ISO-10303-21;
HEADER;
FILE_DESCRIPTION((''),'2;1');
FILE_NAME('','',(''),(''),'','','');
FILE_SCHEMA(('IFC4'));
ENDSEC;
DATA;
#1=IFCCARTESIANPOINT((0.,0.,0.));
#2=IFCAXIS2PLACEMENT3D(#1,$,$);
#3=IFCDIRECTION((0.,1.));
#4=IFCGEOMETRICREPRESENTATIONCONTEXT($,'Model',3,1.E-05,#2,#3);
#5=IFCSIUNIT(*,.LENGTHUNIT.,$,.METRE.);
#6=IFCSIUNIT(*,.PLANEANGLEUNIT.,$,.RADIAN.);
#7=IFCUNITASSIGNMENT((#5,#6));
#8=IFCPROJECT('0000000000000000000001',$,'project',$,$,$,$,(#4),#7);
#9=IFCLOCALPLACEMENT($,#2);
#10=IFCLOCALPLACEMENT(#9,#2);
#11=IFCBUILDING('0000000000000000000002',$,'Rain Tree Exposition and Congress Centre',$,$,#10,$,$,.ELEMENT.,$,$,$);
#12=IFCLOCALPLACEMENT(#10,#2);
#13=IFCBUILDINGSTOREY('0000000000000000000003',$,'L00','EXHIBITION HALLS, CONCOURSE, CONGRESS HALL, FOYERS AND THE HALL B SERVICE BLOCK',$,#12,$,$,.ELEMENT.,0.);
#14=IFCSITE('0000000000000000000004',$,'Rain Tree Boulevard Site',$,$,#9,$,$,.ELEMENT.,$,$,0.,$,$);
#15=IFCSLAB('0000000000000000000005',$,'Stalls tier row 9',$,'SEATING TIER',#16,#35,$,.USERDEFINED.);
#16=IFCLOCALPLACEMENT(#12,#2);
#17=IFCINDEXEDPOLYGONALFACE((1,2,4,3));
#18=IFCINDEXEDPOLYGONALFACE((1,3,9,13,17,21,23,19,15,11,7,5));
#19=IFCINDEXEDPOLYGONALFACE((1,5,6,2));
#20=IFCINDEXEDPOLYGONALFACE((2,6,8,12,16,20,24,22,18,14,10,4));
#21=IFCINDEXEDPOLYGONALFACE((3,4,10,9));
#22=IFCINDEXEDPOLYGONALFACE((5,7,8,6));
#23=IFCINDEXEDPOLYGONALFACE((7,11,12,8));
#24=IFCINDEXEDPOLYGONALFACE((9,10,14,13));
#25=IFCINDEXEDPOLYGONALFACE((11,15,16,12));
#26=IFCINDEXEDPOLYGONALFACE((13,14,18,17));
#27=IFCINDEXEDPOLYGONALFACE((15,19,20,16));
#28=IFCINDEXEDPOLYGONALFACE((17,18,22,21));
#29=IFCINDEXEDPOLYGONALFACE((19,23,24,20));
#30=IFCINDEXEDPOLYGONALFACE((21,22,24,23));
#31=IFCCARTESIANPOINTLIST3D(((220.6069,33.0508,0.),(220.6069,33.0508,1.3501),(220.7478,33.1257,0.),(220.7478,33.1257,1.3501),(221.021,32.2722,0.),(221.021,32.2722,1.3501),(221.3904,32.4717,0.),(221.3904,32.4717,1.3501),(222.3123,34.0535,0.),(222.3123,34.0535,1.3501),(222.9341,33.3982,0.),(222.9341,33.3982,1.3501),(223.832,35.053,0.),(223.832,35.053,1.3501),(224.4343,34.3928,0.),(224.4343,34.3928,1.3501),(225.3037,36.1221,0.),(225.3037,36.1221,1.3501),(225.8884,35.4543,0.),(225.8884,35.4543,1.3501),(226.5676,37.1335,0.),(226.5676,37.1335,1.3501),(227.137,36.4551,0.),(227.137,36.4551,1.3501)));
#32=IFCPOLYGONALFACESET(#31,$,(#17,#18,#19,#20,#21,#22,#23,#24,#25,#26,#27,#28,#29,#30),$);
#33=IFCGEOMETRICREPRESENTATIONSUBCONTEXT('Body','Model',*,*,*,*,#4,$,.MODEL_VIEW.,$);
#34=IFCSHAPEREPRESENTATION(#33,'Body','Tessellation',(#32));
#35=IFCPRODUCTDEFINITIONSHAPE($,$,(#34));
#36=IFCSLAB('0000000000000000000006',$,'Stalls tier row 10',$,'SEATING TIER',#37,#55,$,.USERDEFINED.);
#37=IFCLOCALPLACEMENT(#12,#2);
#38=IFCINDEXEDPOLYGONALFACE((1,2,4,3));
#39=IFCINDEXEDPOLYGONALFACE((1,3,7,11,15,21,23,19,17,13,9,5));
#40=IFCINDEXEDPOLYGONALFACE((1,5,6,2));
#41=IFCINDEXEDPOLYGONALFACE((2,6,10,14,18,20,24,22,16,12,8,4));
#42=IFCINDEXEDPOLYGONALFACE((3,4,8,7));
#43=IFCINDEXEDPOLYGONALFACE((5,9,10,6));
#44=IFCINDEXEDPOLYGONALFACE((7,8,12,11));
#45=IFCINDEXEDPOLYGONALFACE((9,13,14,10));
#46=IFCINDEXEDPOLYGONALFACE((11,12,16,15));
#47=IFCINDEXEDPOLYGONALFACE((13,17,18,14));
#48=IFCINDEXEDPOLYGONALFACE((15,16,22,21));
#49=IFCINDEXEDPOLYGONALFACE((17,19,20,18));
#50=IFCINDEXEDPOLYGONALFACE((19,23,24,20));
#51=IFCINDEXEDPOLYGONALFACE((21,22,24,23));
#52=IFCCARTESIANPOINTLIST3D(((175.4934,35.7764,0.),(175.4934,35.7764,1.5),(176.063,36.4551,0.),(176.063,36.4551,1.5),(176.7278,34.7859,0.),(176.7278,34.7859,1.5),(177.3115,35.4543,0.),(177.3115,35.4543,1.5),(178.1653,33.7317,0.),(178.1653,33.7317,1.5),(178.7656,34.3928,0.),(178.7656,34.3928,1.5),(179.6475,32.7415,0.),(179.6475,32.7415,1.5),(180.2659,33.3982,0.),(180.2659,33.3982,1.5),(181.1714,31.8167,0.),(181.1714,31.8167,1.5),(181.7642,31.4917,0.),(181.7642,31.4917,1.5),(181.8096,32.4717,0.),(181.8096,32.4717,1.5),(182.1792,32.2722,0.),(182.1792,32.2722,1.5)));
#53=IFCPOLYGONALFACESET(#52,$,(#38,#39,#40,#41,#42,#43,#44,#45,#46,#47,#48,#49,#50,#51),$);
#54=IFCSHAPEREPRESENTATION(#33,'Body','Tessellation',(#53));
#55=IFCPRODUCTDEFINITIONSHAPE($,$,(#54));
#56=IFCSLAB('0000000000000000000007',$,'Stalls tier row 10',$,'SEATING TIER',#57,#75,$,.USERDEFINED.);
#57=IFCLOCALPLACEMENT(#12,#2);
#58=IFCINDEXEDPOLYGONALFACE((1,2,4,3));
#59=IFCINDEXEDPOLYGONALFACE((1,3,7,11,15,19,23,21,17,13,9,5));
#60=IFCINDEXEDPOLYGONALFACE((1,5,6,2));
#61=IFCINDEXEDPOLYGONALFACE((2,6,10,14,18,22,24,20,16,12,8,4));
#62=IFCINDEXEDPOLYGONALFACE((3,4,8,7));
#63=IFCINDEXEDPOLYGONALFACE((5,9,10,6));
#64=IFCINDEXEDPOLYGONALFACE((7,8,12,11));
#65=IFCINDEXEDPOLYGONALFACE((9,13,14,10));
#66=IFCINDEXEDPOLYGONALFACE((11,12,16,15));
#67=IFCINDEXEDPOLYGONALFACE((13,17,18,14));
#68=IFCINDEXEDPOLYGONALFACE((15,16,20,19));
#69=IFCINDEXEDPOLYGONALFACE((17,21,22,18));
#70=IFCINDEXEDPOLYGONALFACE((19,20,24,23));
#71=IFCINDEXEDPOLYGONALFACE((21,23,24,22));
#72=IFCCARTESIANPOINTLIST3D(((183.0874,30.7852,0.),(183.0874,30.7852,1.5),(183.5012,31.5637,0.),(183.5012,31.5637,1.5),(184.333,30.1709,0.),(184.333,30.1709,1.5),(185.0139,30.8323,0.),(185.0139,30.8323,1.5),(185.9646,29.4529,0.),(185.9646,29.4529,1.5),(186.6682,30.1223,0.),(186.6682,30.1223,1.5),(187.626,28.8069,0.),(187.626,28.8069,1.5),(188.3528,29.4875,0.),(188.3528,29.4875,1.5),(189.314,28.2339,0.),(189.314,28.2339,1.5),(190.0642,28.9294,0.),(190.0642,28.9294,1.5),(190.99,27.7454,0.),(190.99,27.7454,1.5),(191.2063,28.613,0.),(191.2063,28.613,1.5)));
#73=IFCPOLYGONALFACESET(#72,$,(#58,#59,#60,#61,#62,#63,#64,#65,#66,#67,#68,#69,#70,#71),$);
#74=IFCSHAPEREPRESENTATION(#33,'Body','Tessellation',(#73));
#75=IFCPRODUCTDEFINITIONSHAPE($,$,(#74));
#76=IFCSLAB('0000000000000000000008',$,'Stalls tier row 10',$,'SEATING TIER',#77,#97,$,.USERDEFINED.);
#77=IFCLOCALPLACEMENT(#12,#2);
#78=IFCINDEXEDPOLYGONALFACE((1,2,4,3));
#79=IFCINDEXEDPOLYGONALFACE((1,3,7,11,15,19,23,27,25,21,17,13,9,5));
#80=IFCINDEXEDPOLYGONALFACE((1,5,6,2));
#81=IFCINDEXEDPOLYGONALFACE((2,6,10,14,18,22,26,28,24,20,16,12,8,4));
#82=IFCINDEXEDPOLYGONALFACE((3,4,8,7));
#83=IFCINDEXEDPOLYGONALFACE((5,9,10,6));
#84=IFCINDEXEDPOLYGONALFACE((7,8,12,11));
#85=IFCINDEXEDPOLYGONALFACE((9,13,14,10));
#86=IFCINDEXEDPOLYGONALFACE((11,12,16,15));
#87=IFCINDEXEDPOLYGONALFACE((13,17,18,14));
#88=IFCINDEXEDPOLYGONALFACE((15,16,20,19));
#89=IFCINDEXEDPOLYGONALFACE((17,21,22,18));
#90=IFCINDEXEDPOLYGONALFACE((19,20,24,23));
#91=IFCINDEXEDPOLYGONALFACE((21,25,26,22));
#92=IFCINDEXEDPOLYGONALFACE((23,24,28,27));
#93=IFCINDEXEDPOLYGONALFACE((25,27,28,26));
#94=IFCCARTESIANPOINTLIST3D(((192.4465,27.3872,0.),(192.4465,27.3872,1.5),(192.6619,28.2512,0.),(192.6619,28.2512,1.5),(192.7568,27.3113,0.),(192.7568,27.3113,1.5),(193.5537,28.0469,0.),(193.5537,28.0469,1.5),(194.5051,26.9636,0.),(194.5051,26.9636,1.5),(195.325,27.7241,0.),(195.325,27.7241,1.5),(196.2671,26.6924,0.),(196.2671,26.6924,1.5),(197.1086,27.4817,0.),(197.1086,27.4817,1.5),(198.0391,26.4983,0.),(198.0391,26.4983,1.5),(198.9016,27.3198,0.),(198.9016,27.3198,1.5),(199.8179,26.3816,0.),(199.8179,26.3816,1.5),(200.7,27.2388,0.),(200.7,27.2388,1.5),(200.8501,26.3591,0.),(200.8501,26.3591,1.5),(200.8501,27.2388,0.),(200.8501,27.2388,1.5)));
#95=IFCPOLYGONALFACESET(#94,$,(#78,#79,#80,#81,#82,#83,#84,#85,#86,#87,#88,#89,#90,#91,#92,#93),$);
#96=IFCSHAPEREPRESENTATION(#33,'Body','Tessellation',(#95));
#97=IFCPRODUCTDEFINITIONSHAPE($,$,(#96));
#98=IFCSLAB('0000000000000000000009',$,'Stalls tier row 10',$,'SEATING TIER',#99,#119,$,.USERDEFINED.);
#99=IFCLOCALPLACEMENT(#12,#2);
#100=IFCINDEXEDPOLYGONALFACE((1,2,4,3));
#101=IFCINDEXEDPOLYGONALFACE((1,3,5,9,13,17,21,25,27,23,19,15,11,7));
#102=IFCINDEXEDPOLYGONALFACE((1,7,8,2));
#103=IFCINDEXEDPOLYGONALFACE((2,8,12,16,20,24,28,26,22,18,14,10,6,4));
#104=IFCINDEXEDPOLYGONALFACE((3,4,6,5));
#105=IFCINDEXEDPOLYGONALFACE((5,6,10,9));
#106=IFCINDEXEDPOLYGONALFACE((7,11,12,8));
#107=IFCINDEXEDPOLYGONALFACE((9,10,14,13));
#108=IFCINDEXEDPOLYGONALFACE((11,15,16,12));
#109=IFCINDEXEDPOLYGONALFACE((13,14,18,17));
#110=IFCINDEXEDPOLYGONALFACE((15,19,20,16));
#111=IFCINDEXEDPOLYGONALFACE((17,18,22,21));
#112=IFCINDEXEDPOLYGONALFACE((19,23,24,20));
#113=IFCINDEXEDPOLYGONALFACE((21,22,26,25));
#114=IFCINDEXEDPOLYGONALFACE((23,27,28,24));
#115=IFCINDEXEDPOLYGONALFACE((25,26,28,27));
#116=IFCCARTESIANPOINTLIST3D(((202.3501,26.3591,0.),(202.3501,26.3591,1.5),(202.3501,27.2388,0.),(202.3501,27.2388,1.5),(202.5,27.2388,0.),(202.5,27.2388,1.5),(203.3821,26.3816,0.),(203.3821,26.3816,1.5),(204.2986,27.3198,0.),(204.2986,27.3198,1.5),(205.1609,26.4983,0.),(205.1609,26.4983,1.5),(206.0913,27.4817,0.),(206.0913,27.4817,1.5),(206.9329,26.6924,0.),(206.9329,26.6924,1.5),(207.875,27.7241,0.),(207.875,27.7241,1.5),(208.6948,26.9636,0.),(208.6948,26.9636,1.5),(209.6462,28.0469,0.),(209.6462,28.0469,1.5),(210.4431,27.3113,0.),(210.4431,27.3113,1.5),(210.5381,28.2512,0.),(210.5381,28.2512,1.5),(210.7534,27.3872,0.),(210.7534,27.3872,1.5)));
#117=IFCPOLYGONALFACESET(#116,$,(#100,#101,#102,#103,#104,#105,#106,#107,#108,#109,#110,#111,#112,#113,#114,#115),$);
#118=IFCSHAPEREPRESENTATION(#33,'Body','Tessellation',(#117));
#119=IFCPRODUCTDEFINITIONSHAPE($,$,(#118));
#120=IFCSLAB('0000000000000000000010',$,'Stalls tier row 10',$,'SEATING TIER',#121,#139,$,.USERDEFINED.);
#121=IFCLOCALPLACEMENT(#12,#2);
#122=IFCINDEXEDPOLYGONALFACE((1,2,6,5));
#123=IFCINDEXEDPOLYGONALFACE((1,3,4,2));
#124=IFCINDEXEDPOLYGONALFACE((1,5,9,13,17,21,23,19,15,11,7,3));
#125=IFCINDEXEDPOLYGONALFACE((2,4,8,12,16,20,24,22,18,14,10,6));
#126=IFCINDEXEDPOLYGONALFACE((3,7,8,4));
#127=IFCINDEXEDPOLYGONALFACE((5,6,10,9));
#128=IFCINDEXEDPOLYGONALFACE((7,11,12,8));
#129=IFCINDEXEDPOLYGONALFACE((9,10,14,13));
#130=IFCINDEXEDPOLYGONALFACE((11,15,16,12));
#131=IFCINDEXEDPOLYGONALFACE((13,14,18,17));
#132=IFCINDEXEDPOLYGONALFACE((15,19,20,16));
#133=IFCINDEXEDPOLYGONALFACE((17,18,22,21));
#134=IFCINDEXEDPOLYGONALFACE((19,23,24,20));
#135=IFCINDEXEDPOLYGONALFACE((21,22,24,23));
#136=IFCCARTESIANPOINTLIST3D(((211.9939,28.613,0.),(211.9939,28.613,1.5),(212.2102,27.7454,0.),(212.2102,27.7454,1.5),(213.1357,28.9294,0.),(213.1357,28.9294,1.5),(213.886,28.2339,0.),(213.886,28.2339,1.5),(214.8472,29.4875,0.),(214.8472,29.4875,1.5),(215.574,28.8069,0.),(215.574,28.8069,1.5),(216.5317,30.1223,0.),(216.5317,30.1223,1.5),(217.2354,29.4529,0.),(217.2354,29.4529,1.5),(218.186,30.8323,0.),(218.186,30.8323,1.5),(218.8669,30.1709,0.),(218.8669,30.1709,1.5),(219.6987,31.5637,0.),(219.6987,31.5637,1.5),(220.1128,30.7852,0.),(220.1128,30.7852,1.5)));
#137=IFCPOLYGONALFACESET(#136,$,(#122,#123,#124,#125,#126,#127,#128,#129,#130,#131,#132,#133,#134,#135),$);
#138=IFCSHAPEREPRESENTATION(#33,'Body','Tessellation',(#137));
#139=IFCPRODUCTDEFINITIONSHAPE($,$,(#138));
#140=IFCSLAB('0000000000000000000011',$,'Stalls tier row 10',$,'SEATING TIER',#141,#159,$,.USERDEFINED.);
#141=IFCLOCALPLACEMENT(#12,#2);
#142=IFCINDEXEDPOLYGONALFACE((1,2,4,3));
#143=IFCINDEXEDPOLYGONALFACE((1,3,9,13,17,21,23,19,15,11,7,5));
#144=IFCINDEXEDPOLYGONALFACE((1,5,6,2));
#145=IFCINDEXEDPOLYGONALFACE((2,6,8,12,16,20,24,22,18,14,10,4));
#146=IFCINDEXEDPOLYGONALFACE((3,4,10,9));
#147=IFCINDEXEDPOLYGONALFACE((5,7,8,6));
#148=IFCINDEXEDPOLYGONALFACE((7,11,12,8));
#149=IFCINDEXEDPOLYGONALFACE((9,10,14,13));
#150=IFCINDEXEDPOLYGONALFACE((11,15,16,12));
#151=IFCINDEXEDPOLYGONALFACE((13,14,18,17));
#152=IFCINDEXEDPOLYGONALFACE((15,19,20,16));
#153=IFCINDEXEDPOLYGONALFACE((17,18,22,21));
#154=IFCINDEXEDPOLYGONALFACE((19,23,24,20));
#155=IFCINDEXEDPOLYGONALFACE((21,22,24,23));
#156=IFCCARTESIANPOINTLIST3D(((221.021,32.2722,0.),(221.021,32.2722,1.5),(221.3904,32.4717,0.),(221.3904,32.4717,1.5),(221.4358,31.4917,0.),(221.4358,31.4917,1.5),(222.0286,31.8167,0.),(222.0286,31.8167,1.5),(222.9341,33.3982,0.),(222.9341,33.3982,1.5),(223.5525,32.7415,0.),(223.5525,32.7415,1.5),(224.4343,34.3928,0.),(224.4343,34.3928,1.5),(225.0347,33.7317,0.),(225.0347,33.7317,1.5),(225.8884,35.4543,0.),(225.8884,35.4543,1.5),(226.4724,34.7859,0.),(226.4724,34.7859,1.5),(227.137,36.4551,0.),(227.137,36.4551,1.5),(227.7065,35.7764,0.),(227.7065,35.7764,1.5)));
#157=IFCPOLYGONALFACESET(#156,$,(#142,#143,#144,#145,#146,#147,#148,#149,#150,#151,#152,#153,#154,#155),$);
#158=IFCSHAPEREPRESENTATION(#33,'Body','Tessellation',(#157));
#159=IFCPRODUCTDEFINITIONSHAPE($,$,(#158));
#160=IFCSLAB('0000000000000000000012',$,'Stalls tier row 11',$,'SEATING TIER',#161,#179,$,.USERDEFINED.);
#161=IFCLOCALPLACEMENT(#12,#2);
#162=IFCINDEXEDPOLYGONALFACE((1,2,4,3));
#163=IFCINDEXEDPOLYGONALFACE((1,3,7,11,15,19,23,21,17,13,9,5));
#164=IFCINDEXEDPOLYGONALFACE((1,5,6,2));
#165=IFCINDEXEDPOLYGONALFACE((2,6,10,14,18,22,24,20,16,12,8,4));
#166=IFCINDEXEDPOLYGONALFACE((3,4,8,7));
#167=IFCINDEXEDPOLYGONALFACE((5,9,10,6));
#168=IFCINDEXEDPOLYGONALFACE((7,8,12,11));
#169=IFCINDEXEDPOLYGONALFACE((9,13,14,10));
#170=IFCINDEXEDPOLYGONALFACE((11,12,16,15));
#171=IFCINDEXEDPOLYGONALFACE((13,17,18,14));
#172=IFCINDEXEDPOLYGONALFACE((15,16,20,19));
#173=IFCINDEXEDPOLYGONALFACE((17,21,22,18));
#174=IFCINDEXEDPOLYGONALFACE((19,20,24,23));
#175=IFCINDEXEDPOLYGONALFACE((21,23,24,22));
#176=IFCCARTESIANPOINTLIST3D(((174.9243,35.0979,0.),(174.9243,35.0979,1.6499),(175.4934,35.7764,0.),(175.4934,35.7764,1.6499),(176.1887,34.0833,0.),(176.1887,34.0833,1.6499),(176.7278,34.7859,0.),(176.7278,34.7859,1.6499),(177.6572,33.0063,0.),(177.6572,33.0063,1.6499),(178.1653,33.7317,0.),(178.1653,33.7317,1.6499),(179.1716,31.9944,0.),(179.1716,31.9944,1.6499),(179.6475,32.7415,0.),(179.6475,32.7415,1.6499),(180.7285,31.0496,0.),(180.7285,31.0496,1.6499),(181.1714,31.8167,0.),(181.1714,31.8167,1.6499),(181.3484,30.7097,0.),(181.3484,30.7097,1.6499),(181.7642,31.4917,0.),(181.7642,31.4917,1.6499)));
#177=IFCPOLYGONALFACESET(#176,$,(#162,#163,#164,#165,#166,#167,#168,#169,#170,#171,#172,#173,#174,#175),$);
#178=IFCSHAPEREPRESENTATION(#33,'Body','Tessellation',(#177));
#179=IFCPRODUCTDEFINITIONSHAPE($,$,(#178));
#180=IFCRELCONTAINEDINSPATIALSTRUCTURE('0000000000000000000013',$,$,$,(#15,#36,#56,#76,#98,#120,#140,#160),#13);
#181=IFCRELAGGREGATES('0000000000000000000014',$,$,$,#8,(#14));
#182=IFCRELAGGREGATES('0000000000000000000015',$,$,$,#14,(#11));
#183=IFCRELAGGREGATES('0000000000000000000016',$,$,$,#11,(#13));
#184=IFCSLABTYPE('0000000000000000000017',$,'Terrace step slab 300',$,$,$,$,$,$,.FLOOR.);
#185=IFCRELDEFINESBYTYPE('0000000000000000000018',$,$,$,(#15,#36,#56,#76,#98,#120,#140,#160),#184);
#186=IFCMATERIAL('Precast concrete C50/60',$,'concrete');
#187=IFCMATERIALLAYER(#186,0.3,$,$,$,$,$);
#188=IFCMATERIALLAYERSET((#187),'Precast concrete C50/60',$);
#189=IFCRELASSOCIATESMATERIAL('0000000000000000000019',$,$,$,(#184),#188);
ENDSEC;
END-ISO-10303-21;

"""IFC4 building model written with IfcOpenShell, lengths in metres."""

from ifc_helpers import new_model, si_unit, direction, origin, place, context, subcontext, project, spatial, polyline, outline, extrude, material, layer, layer_set, type_object, element, save


model = new_model("IFC4")

# Units and contexts
model_context = context("Model", 3, precision=1e-05, world=origin(), true_north=direction((0.0, 1.0)))
body_context = subcontext(model_context, "Body", "Model", "MODEL_VIEW")
ifc_project = project(units=[si_unit("LENGTHUNIT", "METRE"), si_unit("PLANEANGLEUNIT", "RADIAN")], contexts=[model_context])

# Site, building, storey
site_placement = place(None, origin())
site = spatial("IfcSite", under=ifc_project, at=site_placement, Name="Rain Tree Boulevard Site", CompositionType="ELEMENT", RefElevation=0.0)
building_placement = place(site_placement, origin())
building = spatial("IfcBuilding", under=site, at=building_placement, Name="Rain Tree Exposition and Congress Centre", CompositionType="ELEMENT")
storey_placement = place(building_placement, origin())
storey = spatial("IfcBuildingStorey", under=building, at=storey_placement, Name="L00", Description="EXHIBITION HALLS, CONCOURSE, CONGRESS HALL, FOYERS AND THE HALL B SERVICE BLOCK", CompositionType="ELEMENT", Elevation=0.0)

# Slabs
ifc_material_1 = material(Name="Precast concrete C50/60", Category="concrete")
ifc_layer_1 = layer(ifc_material_1, 0.3)
ifc_layer_set_1 = layer_set([ifc_layer_1], Name="Precast concrete C50/60")
slab_type = type_object("IfcSlabType", Name="Terrace step slab 300", PredefinedType="FLOOR", material=ifc_layer_set_1)
slab_1_placement = place(storey_placement, origin())
element("IfcSlab", 1, at=slab_1_placement, inside=storey, type_object=slab_type, Name="Stalls tier row 9", ObjectType="SEATING TIER", PredefinedType="USERDEFINED", context=body_context, shape_type="SweptSolid", body=[
    extrude(outline(polyline([(224.4343, 34.3928), (225.8884, 35.4543), (227.137, 36.4551), (226.5676, 37.1335), (225.3037, 36.1221), (223.832, 35.053), (222.3123, 34.0535), (220.7478, 33.1257), (220.6069, 33.0508), (221.021, 32.2722), (221.3904, 32.4717), (222.9341, 33.3982), (224.4343, 34.3928)])), origin(), (0.0, 0.0, 1.0), 1.3501),
])
slab_2_placement = place(storey_placement, origin())
element("IfcSlab", 2, at=slab_2_placement, inside=storey, type_object=slab_type, Name="Stalls tier row 10", ObjectType="SEATING TIER", PredefinedType="USERDEFINED", context=body_context, shape_type="SweptSolid", body=[
    extrude(outline(polyline([(181.1714, 31.8167), (181.7642, 31.4917), (182.1792, 32.2722), (181.8096, 32.4717), (180.2659, 33.3982), (178.7656, 34.3928), (177.3115, 35.4543), (176.063, 36.4551), (175.4934, 35.7764), (176.7278, 34.7859), (178.1653, 33.7317), (179.6475, 32.7415), (181.1714, 31.8167)])), origin(), (0.0, 0.0, 1.0), 1.5),
])
slab_3_placement = place(storey_placement, origin())
element("IfcSlab", 3, at=slab_3_placement, inside=storey, type_object=slab_type, Name="Stalls tier row 10", ObjectType="SEATING TIER", PredefinedType="USERDEFINED", context=body_context, shape_type="SweptSolid", body=[
    extrude(outline(polyline([(189.314, 28.2339), (190.99, 27.7454), (191.2063, 28.613), (190.0642, 28.9294), (188.3528, 29.4875), (186.6682, 30.1223), (185.0139, 30.8323), (183.5012, 31.5637), (183.0874, 30.7852), (184.333, 30.1709), (185.9646, 29.4529), (187.626, 28.8069), (189.314, 28.2339)])), origin(), (0.0, 0.0, 1.0), 1.5),
])
slab_4_placement = place(storey_placement, origin())
element("IfcSlab", 4, at=slab_4_placement, inside=storey, type_object=slab_type, Name="Stalls tier row 10", ObjectType="SEATING TIER", PredefinedType="USERDEFINED", context=body_context, shape_type="SweptSolid", body=[
    extrude(outline(polyline([(199.8179, 26.3816), (200.8501, 26.3591), (200.8501, 27.2388), (200.7, 27.2388), (198.9016, 27.3198), (197.1086, 27.4817), (195.325, 27.7241), (193.5537, 28.0469), (192.6619, 28.2512), (192.4465, 27.3872), (192.7568, 27.3113), (194.5051, 26.9636), (196.2671, 26.6924), (198.0391, 26.4983), (199.8179, 26.3816)])), origin(), (0.0, 0.0, 1.0), 1.5),
])
slab_5_placement = place(storey_placement, origin())
element("IfcSlab", 5, at=slab_5_placement, inside=storey, type_object=slab_type, Name="Stalls tier row 10", ObjectType="SEATING TIER", PredefinedType="USERDEFINED", context=body_context, shape_type="SweptSolid", body=[
    extrude(outline(polyline([(210.4431, 27.3113), (210.7534, 27.3872), (210.5381, 28.2512), (209.6462, 28.0469), (207.875, 27.7241), (206.0913, 27.4817), (204.2986, 27.3198), (202.5, 27.2388), (202.3501, 27.2388), (202.3501, 26.3591), (203.3821, 26.3816), (205.1609, 26.4983), (206.9329, 26.6924), (208.6948, 26.9636), (210.4431, 27.3113)])), origin(), (0.0, 0.0, 1.0), 1.5),
])
slab_6_placement = place(storey_placement, origin())
element("IfcSlab", 6, at=slab_6_placement, inside=storey, type_object=slab_type, Name="Stalls tier row 10", ObjectType="SEATING TIER", PredefinedType="USERDEFINED", context=body_context, shape_type="SweptSolid", body=[
    extrude(outline(polyline([(218.8669, 30.1709), (220.1128, 30.7852), (219.6987, 31.5637), (218.186, 30.8323), (216.5317, 30.1223), (214.8472, 29.4875), (213.1357, 28.9294), (211.9939, 28.613), (212.2102, 27.7454), (213.886, 28.2339), (215.574, 28.8069), (217.2354, 29.4529), (218.8669, 30.1709)])), origin(), (0.0, 0.0, 1.0), 1.5),
])
slab_7_placement = place(storey_placement, origin())
element("IfcSlab", 7, at=slab_7_placement, inside=storey, type_object=slab_type, Name="Stalls tier row 10", ObjectType="SEATING TIER", PredefinedType="USERDEFINED", context=body_context, shape_type="SweptSolid", body=[
    extrude(outline(polyline([(225.0347, 33.7317), (226.4724, 34.7859), (227.7065, 35.7764), (227.137, 36.4551), (225.8884, 35.4543), (224.4343, 34.3928), (222.9341, 33.3982), (221.3904, 32.4717), (221.021, 32.2722), (221.4358, 31.4917), (222.0286, 31.8167), (223.5525, 32.7415), (225.0347, 33.7317)])), origin(), (0.0, 0.0, 1.0), 1.5),
])
slab_8_placement = place(storey_placement, origin())
element("IfcSlab", 8, at=slab_8_placement, inside=storey, type_object=slab_type, Name="Stalls tier row 11", ObjectType="SEATING TIER", PredefinedType="USERDEFINED", context=body_context, shape_type="SweptSolid", body=[
    extrude(outline(polyline([(180.7285, 31.0496), (181.3484, 30.7097), (181.7642, 31.4917), (181.1714, 31.8167), (179.6475, 32.7415), (178.1653, 33.7317), (176.7278, 34.7859), (175.4934, 35.7764), (174.9243, 35.0979), (176.1887, 34.0833), (177.6572, 33.0063), (179.1716, 31.9944), (180.7285, 31.0496)])), origin(), (0.0, 0.0, 1.0), 1.6499),
])

save(model, "model.ifc")
